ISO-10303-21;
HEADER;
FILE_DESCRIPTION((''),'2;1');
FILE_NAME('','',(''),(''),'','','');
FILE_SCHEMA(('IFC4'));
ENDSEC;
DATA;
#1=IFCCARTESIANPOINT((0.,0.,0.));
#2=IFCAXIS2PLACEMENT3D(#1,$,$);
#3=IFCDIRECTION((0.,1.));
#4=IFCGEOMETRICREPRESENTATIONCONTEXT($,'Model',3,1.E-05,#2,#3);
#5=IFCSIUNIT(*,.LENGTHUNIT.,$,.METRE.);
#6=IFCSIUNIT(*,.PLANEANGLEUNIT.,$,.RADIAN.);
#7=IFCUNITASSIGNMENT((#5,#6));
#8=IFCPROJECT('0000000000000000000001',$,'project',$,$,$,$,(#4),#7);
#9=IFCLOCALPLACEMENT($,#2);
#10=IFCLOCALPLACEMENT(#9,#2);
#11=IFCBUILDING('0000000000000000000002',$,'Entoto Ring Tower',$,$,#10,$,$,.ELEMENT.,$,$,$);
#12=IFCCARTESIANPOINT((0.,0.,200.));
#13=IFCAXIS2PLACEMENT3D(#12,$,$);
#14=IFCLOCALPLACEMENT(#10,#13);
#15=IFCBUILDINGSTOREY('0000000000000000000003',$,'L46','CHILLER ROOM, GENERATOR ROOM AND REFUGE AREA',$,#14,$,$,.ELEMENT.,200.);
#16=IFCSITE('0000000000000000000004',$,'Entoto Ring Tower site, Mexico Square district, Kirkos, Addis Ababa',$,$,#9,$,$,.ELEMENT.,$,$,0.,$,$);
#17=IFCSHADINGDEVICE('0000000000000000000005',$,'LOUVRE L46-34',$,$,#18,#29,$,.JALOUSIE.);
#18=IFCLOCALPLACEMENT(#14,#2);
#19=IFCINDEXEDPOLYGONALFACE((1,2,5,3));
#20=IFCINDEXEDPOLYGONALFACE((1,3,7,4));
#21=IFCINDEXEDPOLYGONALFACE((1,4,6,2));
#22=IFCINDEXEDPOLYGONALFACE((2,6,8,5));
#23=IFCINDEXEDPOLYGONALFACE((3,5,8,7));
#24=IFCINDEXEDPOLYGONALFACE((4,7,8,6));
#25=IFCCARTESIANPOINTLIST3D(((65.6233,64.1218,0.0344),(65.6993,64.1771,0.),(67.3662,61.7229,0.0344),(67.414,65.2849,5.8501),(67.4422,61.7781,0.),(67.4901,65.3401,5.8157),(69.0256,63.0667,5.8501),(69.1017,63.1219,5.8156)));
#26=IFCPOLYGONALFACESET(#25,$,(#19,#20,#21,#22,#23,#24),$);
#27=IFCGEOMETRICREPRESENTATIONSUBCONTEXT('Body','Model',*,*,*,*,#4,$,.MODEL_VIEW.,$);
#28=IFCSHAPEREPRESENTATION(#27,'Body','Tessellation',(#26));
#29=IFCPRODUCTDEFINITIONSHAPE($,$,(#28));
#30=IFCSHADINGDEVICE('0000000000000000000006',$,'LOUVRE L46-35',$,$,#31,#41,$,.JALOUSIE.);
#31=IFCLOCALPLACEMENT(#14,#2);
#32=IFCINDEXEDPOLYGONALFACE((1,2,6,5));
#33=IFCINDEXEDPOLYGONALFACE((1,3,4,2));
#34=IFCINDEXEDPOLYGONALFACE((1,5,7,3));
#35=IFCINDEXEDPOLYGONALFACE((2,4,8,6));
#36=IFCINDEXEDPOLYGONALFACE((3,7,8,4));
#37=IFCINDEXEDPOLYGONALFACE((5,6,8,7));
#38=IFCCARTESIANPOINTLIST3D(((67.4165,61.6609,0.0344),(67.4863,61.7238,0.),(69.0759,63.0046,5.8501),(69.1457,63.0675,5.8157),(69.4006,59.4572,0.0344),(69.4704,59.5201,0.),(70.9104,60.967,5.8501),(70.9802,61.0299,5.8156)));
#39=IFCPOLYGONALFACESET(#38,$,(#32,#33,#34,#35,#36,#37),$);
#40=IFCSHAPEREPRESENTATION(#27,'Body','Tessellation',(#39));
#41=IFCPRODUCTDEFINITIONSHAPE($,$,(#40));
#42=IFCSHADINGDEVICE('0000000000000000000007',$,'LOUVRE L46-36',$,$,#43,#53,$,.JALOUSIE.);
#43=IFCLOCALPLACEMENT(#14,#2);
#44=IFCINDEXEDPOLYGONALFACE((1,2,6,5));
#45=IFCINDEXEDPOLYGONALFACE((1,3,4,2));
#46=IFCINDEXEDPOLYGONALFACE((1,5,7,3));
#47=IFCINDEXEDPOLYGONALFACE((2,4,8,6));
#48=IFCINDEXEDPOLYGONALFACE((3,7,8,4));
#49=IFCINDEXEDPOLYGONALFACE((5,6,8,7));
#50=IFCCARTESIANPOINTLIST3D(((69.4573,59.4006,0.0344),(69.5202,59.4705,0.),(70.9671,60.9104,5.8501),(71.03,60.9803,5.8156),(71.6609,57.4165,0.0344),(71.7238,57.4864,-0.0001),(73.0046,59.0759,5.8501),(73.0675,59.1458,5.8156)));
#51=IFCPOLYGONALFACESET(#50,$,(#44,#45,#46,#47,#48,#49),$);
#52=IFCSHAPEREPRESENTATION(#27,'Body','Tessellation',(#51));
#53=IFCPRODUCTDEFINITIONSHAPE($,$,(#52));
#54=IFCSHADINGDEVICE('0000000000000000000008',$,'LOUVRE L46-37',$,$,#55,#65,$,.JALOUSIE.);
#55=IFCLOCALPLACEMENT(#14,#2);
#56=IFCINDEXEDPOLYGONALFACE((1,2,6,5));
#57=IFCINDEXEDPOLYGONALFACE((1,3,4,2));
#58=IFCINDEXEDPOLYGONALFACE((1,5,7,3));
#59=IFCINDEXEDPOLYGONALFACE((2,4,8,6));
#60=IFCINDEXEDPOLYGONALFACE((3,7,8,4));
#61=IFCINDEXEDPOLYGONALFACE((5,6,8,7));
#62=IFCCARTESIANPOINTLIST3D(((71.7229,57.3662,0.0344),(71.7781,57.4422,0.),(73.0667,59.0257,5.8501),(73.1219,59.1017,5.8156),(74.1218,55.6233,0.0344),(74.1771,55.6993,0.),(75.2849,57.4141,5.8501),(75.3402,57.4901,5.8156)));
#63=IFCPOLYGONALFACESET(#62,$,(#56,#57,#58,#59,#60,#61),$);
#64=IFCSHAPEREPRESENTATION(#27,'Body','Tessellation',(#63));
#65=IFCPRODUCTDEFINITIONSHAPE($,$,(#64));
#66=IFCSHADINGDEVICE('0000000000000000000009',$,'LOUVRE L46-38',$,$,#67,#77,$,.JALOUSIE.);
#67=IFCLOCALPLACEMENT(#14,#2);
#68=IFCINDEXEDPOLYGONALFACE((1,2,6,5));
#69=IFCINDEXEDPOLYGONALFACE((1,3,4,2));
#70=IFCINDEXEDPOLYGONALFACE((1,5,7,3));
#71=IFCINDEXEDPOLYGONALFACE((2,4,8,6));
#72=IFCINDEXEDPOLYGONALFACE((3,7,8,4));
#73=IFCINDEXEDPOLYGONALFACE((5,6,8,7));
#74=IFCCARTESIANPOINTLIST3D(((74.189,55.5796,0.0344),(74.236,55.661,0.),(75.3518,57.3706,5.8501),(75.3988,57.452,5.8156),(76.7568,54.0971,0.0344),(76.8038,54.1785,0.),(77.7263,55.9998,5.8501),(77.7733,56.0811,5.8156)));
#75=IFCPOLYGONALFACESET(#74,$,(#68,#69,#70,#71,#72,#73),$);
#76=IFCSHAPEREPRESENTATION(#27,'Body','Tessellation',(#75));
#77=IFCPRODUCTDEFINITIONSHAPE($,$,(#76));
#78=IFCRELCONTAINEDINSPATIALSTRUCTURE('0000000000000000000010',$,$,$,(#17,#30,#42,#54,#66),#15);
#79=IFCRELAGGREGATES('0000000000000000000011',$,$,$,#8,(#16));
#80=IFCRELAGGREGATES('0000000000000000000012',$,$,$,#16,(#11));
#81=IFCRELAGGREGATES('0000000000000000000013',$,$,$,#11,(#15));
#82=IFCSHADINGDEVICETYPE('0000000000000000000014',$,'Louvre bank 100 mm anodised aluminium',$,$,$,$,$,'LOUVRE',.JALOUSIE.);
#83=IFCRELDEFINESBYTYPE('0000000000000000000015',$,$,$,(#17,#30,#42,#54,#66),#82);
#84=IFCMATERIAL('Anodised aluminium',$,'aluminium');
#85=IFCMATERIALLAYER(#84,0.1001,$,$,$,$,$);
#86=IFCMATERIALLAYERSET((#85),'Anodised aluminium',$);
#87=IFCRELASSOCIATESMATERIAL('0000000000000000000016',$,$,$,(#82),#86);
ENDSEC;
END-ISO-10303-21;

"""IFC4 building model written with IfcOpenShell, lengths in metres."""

from ifc_helpers import new_model, si_unit, direction, frame, origin, place, context, subcontext, project, spatial, polyline, outline, extrude, material, layer, layer_set, type_object, element, save


model = new_model("IFC4")

# Units and contexts
model_context = context("Model", 3, precision=1e-05, world=origin(), true_north=direction((0.0, 1.0)))
body_context = subcontext(model_context, "Body", "Model", "MODEL_VIEW")
ifc_project = project(units=[si_unit("LENGTHUNIT", "METRE"), si_unit("PLANEANGLEUNIT", "RADIAN")], contexts=[model_context])

# Site, building, storey
site_placement = place(None, origin())
site = spatial("IfcSite", under=ifc_project, at=site_placement, Name="Entoto Ring Tower site, Mexico Square district, Kirkos, Addis Ababa", CompositionType="ELEMENT", RefElevation=0.0)
building_placement = place(site_placement, origin())
building = spatial("IfcBuilding", under=site, at=building_placement, Name="Entoto Ring Tower", CompositionType="ELEMENT")
storey_placement = place(building_placement, frame((0.0, 0.0, 200.0)))
storey = spatial("IfcBuildingStorey", under=building, at=storey_placement, Name="L46", Description="CHILLER ROOM, GENERATOR ROOM AND REFUGE AREA", CompositionType="ELEMENT", Elevation=200.0)

# Shading devices
ifc_material_1 = material(Name="Anodised aluminium", Category="aluminium")
ifc_layer_1 = layer(ifc_material_1, 0.1001)
ifc_layer_set_1 = layer_set([ifc_layer_1], Name="Anodised aluminium")
shading_device_type = type_object("IfcShadingDeviceType", Name="Louvre bank 100 mm anodised aluminium", ElementType="LOUVRE", PredefinedType="JALOUSIE", material=ifc_layer_set_1)
shading_device_1_placement = place(storey_placement, frame((65.6233, 64.1218, 0.0344), z_axis=(-0.759576, -0.551849, 0.344249), x_axis=(0.587776, -0.809024, 0.000004)))
element("IfcShadingDevice", 1, at=shading_device_1_placement, inside=storey, type_object=shading_device_type, Name="LOUVRE L46-34", PredefinedType="JALOUSIE", context=body_context, shape_type="SweptSolid", body=[
    extrude(outline(polyline([(0.0, 0.0), (2.9652, 0.0), (2.8535, 6.1943), (0.1116, 6.1943), (0.0, 0.0)])), origin(), (0.0, 0.0, -1.0), 0.1001),
])
shading_device_2_placement = place(storey_placement, frame((67.4165, 61.6609, 0.0344), z_axis=(-0.697743, -0.628218, 0.344234), x_axis=(0.669113, -0.74316, 0.000007)))
element("IfcShadingDevice", 2, at=shading_device_2_placement, inside=storey, type_object=shading_device_type, Name="LOUVRE L46-35", PredefinedType="JALOUSIE", context=body_context, shape_type="SweptSolid", body=[
    extrude(outline(polyline([(0.0, 0.0), (2.9652, 0.0), (2.8535, 6.1942), (0.1118, 6.1943), (0.0, 0.0)])), origin(), (0.0, 0.0, -1.0), 0.1001),
])
shading_device_3_placement = place(storey_placement, frame((69.4573, 59.4006, 0.0344), z_axis=(-0.628218, -0.697743, 0.344234), x_axis=(0.74316, -0.669113, -0.000007)))
element("IfcShadingDevice", 3, at=shading_device_3_placement, inside=storey, type_object=shading_device_type, Name="LOUVRE L46-36", PredefinedType="JALOUSIE", context=body_context, shape_type="SweptSolid", body=[
    extrude(outline(polyline([(0.0, 0.0), (2.9652, 0.0), (2.8535, 6.1943), (0.1118, 6.1942), (0.0, 0.0)])), origin(), (0.0, 0.0, -1.0), 0.1001),
])
shading_device_4_placement = place(storey_placement, frame((71.7229, 57.3662, 0.0344), z_axis=(-0.551849, -0.759576, 0.344249), x_axis=(0.809024, -0.587776, -0.000004)))
element("IfcShadingDevice", 4, at=shading_device_4_placement, inside=storey, type_object=shading_device_type, Name="LOUVRE L46-37", PredefinedType="JALOUSIE", context=body_context, shape_type="SweptSolid", body=[
    extrude(outline(polyline([(0.0, 0.0), (2.9652, 0.0), (2.8536, 6.1943), (0.1117, 6.1943), (0.0, 0.0)])), origin(), (0.0, 0.0, -1.0), 0.1001),
])
shading_device_5_placement = place(storey_placement, frame((74.189, 55.5796, 0.0344), z_axis=(-0.469411, -0.813104, 0.344261), x_axis=(0.866042, -0.499971, 0.000003)))
element("IfcShadingDevice", 5, at=shading_device_5_placement, inside=storey, type_object=shading_device_type, Name="LOUVRE L46-38", PredefinedType="JALOUSIE", context=body_context, shape_type="SweptSolid", body=[
    extrude(outline(polyline([(0.0, 0.0), (2.9651, 0.0), (2.8534, 6.1943), (0.1116, 6.1943), (0.0, 0.0)])), origin(), (0.0, 0.0, -1.0), 0.1001),
])

save(model, "model.ifc")
